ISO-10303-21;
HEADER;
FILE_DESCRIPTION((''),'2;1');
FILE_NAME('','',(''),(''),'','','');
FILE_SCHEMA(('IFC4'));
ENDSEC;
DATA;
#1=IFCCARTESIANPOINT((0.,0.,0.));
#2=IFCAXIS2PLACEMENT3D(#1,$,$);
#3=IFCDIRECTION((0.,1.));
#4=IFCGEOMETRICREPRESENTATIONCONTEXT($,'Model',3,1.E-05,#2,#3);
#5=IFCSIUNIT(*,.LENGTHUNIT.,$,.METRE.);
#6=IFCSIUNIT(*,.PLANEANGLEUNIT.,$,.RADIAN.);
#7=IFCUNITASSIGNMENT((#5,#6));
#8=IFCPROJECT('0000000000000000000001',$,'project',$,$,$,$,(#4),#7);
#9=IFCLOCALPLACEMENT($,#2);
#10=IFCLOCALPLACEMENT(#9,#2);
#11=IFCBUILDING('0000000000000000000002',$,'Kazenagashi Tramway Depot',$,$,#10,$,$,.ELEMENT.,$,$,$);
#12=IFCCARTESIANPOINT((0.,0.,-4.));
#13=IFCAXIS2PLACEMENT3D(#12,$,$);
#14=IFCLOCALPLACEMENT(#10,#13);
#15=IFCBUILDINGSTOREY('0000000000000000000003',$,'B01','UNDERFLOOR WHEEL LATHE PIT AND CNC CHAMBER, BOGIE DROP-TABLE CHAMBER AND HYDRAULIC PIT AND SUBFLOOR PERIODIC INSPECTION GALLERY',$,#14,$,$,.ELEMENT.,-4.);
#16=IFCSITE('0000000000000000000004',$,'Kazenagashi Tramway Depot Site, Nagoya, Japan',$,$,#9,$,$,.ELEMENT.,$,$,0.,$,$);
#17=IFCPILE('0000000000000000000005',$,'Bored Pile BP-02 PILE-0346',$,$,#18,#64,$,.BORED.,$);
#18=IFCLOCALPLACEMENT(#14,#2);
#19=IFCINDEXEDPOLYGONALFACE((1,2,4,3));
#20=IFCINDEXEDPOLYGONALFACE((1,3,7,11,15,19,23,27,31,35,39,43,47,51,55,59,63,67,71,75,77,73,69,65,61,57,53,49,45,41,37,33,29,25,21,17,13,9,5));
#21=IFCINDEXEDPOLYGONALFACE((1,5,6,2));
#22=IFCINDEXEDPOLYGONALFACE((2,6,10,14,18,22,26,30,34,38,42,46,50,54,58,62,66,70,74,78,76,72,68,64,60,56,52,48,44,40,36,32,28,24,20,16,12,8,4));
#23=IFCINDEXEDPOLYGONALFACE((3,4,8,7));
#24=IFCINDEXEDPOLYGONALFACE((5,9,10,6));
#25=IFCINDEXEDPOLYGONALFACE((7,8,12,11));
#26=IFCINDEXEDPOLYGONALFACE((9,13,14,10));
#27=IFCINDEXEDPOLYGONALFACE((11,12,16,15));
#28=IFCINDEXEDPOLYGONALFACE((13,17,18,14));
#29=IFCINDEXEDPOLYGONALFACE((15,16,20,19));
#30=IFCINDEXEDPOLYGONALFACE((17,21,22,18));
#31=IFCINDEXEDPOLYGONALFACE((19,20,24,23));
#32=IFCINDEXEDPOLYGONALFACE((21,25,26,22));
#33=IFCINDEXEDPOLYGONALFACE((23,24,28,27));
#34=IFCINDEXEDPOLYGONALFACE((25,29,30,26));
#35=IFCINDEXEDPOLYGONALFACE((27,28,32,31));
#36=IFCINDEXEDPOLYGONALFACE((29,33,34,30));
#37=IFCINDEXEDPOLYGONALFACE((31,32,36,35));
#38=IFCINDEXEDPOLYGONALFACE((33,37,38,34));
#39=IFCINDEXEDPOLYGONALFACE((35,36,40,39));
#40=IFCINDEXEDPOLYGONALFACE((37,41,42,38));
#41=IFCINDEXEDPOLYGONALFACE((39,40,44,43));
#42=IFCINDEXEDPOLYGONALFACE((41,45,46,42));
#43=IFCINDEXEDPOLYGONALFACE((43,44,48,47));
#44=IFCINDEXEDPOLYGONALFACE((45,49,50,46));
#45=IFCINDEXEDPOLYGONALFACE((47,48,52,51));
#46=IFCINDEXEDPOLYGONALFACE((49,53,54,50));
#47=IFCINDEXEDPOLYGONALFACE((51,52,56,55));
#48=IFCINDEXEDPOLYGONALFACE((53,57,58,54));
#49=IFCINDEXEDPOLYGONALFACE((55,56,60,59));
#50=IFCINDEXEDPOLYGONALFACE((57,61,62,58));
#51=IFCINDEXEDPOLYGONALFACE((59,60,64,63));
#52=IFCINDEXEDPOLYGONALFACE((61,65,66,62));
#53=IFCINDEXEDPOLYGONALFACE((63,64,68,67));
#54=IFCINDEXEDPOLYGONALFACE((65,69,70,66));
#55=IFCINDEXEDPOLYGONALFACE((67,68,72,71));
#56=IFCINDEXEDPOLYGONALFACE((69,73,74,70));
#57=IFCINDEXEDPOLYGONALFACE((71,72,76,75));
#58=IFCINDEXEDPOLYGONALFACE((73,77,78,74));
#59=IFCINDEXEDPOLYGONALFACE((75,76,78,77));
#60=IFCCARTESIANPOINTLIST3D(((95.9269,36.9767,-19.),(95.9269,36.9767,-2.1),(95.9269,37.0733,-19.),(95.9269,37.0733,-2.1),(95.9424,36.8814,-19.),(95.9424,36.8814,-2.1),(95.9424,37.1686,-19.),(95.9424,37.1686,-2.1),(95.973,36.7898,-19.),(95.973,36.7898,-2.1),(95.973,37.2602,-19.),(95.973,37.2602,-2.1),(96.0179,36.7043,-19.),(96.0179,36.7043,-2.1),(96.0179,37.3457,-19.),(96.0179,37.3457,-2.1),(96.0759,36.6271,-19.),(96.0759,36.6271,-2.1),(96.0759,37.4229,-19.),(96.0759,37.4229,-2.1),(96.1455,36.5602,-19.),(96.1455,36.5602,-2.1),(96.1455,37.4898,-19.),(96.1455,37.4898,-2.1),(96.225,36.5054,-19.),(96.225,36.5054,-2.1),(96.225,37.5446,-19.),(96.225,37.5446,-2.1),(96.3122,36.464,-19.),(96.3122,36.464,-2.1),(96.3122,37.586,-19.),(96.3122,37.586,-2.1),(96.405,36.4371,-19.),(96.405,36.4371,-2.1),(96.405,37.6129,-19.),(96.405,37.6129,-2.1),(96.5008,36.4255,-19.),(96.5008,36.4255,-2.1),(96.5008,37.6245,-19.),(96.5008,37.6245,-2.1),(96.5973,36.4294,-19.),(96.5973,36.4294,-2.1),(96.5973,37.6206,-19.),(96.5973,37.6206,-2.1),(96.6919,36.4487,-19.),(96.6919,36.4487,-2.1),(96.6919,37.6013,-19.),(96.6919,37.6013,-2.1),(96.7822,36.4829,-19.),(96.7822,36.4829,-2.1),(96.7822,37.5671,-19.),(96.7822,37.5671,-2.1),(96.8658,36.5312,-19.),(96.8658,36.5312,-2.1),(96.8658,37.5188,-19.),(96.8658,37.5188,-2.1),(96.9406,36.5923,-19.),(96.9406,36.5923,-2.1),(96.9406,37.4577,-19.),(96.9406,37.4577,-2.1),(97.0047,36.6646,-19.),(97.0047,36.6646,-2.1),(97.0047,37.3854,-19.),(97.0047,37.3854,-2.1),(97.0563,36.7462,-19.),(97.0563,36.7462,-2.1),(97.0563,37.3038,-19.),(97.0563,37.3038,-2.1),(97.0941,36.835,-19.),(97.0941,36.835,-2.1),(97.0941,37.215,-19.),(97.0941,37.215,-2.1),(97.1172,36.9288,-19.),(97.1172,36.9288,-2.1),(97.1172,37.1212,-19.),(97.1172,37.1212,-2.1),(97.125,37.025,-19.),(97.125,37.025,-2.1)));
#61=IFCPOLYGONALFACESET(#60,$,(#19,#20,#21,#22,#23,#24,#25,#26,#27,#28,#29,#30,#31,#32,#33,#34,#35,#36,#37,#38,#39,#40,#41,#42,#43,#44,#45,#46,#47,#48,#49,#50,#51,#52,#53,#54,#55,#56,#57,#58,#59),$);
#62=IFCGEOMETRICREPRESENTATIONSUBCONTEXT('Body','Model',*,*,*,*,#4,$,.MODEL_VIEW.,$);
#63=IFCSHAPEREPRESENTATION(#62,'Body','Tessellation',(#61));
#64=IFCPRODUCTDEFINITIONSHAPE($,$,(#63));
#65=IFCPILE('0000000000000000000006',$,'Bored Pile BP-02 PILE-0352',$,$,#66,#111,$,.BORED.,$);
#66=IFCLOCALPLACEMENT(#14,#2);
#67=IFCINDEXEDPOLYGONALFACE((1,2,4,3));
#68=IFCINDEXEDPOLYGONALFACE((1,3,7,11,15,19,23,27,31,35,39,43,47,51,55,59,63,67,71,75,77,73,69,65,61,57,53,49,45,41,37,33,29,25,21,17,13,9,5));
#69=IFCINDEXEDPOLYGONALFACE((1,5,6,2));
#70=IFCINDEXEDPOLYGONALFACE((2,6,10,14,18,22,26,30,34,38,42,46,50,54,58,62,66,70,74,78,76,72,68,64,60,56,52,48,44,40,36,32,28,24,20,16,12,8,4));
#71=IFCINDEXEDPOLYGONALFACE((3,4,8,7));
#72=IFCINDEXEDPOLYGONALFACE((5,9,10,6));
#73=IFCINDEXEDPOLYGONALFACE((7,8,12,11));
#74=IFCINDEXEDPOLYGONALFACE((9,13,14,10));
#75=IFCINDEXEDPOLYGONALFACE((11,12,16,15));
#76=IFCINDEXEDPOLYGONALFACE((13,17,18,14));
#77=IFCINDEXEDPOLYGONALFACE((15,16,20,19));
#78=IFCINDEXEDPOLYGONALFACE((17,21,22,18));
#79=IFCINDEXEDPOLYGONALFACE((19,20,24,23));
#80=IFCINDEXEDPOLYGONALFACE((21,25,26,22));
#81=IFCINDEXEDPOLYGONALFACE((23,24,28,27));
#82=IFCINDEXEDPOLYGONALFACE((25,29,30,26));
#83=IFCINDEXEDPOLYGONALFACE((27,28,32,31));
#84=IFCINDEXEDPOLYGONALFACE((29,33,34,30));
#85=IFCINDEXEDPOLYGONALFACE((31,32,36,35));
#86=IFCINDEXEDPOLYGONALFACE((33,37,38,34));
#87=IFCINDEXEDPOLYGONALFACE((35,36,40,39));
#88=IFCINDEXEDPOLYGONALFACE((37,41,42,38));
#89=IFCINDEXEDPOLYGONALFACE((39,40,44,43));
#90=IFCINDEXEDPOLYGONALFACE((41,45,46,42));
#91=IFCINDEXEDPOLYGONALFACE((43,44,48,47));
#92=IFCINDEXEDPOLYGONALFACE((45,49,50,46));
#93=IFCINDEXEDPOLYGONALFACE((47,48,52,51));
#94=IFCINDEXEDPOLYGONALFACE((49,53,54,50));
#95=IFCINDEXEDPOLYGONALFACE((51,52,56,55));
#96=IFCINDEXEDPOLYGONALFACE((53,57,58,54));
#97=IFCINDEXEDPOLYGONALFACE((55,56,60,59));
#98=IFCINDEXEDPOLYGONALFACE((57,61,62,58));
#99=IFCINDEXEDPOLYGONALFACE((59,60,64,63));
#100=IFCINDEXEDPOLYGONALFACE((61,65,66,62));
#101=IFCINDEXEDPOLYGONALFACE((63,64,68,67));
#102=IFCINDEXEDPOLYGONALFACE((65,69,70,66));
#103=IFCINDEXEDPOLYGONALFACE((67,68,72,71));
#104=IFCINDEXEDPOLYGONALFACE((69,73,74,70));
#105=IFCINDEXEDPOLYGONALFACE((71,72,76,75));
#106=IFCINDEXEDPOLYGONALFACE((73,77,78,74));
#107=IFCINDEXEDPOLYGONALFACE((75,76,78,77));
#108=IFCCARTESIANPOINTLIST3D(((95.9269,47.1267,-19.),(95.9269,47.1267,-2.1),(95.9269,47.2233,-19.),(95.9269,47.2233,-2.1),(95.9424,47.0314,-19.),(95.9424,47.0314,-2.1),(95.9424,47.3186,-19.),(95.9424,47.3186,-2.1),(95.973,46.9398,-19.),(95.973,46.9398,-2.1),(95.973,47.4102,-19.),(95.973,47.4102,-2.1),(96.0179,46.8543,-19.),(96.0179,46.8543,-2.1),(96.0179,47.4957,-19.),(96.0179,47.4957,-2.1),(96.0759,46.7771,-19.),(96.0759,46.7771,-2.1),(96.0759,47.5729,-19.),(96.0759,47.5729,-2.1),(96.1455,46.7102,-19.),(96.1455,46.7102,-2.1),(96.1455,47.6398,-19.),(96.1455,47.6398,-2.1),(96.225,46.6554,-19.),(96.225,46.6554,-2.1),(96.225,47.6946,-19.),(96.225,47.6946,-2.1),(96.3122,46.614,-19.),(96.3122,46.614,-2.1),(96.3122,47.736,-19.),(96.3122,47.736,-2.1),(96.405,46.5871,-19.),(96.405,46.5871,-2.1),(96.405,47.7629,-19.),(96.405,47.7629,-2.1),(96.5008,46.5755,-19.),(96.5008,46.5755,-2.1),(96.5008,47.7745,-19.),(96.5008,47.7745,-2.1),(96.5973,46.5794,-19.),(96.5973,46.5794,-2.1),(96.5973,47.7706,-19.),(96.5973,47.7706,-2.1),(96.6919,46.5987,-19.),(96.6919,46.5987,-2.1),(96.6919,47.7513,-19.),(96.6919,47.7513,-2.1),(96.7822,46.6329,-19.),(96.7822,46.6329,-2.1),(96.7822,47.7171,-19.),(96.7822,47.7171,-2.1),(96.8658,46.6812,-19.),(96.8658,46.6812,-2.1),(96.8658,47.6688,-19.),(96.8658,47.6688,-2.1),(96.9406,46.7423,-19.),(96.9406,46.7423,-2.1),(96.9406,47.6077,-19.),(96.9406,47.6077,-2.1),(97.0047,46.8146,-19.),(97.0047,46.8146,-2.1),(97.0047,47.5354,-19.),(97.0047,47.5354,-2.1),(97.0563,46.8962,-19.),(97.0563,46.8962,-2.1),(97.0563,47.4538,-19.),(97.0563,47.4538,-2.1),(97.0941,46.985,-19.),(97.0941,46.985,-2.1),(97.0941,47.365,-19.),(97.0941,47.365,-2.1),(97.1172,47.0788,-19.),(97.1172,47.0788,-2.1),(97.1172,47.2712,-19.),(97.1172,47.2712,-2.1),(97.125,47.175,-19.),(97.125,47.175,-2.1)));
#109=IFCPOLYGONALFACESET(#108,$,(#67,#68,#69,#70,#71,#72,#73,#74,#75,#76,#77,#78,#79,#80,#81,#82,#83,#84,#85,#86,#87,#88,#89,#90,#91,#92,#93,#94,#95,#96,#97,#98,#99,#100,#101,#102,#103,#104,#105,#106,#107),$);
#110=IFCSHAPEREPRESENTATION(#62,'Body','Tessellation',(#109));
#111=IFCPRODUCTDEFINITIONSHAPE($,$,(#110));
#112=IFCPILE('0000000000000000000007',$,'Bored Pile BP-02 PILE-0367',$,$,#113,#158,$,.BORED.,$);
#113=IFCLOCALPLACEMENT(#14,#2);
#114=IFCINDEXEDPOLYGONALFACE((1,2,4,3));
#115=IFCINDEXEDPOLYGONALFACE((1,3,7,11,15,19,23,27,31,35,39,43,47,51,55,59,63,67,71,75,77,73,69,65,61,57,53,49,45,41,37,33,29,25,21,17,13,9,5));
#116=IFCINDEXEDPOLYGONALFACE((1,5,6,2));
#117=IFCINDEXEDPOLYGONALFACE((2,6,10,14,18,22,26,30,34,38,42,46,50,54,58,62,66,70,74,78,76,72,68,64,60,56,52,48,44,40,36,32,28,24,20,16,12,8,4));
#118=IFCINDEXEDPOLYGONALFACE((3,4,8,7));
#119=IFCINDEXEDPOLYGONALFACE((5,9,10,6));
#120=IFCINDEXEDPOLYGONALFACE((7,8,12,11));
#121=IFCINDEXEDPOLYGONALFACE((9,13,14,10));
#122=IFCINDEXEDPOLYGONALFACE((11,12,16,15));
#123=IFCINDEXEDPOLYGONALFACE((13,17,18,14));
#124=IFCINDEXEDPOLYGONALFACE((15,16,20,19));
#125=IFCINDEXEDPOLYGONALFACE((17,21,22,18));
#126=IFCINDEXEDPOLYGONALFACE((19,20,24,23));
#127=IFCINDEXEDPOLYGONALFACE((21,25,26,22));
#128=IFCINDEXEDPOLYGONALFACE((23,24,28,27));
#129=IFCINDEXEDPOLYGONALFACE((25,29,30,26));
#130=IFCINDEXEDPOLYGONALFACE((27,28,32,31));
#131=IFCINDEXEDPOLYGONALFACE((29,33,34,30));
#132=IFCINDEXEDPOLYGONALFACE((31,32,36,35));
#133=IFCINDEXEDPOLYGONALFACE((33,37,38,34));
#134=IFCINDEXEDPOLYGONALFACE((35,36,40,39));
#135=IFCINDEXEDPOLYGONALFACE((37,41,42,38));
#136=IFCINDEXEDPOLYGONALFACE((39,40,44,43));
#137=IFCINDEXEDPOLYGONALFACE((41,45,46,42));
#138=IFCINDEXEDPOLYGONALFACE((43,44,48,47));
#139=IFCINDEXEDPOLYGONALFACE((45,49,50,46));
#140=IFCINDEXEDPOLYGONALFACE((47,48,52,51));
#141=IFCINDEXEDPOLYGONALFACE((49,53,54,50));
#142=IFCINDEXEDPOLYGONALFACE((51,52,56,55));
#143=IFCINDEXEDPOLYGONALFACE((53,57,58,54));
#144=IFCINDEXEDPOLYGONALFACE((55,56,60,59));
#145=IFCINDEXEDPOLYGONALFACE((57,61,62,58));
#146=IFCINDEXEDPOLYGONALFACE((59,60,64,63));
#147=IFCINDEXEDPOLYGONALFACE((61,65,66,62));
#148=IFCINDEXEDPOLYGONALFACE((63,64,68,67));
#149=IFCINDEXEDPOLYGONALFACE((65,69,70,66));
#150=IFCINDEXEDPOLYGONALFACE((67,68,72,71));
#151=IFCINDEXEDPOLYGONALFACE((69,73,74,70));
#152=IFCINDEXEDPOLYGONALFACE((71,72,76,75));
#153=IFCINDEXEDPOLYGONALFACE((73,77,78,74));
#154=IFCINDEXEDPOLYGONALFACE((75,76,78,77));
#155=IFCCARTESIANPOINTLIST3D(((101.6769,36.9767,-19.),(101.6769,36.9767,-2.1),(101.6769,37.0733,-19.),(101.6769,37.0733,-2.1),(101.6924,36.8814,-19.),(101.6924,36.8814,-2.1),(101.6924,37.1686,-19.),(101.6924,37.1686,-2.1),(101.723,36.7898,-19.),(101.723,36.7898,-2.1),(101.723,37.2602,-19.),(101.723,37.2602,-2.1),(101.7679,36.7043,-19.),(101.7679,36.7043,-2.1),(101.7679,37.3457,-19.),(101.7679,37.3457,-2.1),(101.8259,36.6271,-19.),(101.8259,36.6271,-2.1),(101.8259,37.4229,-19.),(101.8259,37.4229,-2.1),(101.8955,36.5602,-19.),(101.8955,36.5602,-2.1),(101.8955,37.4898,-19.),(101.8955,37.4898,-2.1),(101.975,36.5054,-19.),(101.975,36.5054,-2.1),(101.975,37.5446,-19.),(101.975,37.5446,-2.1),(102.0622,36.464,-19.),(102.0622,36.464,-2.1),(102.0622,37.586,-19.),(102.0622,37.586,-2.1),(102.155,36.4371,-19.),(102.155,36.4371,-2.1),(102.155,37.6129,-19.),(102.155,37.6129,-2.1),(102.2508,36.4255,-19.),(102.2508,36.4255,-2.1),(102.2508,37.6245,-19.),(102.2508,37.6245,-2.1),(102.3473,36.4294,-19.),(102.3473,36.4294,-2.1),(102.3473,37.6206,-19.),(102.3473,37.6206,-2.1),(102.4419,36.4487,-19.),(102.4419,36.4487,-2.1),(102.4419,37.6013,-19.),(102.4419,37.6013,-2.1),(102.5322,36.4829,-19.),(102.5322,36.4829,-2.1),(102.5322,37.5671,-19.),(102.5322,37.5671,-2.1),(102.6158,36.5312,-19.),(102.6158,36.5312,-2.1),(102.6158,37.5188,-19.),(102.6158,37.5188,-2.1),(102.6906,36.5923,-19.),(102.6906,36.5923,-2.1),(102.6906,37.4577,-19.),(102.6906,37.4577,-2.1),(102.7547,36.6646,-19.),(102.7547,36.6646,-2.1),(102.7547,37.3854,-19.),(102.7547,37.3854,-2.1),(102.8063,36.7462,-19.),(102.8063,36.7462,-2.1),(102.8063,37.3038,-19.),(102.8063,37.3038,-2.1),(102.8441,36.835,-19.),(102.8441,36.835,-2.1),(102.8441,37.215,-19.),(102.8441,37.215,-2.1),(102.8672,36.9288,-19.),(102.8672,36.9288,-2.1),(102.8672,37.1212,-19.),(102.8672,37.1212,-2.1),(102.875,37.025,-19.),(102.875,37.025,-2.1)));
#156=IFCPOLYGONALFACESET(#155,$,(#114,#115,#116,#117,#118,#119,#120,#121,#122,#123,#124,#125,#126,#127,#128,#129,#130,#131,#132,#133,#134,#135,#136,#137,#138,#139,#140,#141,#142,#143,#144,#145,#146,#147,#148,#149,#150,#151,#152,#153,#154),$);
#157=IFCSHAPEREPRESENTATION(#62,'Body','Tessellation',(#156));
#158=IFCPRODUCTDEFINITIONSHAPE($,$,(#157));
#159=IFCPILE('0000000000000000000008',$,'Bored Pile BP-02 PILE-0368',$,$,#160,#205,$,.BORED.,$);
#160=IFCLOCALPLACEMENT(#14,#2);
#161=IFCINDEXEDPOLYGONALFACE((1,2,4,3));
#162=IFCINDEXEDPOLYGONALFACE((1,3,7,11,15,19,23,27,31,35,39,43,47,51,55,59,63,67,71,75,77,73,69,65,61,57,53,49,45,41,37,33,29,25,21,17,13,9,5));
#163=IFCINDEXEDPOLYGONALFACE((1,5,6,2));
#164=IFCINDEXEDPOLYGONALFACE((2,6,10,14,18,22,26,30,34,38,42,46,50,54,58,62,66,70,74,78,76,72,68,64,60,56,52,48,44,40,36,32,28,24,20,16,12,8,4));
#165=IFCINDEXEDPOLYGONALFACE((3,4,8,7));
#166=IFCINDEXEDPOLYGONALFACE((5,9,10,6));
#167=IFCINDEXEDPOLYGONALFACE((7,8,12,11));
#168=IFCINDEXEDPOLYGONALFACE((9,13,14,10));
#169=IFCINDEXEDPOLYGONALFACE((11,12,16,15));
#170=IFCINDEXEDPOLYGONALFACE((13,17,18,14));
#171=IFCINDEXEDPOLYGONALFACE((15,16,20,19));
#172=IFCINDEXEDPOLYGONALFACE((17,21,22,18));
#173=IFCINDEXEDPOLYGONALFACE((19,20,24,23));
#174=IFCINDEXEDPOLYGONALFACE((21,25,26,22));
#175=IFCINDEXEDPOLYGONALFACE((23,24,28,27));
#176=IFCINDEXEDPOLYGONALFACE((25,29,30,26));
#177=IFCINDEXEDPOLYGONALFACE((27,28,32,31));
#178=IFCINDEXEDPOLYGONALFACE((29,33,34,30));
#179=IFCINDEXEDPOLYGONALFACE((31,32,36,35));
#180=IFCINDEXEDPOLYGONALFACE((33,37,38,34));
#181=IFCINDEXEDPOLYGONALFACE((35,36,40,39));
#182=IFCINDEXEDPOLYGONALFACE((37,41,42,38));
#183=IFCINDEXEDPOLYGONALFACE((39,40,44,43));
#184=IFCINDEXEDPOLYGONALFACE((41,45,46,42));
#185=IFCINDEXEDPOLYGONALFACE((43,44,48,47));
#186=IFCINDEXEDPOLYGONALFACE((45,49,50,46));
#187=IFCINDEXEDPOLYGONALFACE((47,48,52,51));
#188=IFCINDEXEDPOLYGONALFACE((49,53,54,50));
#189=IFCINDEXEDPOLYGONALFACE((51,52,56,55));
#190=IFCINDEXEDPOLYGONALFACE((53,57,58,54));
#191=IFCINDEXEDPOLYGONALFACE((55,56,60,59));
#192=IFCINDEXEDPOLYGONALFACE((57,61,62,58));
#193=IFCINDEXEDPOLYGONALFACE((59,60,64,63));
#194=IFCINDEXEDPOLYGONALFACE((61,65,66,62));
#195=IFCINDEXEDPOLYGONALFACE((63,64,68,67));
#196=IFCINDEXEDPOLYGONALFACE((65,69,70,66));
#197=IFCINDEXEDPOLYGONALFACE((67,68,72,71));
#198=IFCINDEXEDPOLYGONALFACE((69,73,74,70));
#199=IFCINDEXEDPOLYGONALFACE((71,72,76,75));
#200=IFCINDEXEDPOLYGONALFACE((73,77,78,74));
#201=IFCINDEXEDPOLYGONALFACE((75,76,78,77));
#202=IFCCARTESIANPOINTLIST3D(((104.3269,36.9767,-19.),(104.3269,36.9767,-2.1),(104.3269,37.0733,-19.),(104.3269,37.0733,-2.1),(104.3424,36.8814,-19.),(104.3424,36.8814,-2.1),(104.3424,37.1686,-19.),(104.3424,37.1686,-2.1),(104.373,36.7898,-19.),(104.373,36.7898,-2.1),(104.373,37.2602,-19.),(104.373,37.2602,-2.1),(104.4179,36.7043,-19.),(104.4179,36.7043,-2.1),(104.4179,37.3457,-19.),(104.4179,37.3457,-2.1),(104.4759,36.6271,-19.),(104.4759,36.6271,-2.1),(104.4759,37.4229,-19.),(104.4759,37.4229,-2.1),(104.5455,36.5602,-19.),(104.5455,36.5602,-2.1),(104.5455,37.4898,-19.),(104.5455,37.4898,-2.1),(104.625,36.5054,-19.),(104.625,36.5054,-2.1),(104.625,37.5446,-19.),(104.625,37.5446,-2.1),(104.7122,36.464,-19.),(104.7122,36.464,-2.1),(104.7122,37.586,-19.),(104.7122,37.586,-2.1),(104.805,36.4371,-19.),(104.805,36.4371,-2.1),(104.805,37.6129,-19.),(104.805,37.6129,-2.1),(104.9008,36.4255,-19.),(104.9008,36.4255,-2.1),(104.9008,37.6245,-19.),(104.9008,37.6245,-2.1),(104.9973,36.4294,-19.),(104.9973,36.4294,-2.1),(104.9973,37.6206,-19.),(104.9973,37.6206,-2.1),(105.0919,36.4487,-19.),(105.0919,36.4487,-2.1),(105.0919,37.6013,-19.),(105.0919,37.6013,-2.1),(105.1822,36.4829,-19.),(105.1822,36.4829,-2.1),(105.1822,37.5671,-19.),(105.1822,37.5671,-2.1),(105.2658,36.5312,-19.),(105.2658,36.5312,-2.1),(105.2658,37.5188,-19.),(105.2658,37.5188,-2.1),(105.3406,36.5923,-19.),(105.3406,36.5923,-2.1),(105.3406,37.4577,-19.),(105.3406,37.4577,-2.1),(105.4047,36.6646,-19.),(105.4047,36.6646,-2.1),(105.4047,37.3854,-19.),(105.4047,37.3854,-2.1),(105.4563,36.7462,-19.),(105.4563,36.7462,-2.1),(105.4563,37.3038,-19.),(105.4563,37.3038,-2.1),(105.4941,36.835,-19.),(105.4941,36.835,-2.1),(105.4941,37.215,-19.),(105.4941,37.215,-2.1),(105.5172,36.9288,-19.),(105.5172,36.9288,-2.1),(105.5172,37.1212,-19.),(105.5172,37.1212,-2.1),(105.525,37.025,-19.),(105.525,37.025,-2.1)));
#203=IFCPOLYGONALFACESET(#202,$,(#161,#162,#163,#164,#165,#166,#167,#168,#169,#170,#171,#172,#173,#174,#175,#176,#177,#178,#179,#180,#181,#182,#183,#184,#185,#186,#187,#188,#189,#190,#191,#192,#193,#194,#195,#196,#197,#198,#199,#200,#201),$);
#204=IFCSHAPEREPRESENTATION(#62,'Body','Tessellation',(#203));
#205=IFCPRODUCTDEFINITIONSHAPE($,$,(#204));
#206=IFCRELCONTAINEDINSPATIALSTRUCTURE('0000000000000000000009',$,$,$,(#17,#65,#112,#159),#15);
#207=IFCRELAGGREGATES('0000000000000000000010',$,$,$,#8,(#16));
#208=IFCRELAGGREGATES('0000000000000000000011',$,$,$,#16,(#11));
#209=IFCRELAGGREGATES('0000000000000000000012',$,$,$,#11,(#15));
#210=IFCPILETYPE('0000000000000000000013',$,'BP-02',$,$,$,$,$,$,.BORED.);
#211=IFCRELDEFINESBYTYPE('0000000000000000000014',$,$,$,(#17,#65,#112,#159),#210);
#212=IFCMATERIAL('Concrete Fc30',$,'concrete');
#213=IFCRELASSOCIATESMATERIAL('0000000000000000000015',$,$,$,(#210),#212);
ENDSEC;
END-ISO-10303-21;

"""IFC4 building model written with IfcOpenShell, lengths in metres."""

from ifc_helpers import new_model, si_unit, direction, frame, origin, origin_2d, place, context, subcontext, project, spatial, circle, extrude, material, material_profile, profile_set, type_object, element, save


model = new_model("IFC4")

# Units and contexts
model_context = context("Model", 3, precision=1e-05, world=origin(), true_north=direction((0.0, 1.0)))
body_context = subcontext(model_context, "Body", "Model", "MODEL_VIEW")
ifc_project = project(units=[si_unit("LENGTHUNIT", "METRE"), si_unit("PLANEANGLEUNIT", "RADIAN")], contexts=[model_context])

# Site, building, storey
site_placement = place(None, origin())
site = spatial("IfcSite", under=ifc_project, at=site_placement, Name="Kazenagashi Tramway Depot Site, Nagoya, Japan", CompositionType="ELEMENT", RefElevation=0.0)
building_placement = place(site_placement, origin())
building = spatial("IfcBuilding", under=site, at=building_placement, Name="Kazenagashi Tramway Depot", CompositionType="ELEMENT")
storey_placement = place(building_placement, frame((0.0, 0.0, -4.0)))
storey = spatial("IfcBuildingStorey", under=building, at=storey_placement, Name="B01", Description="UNDERFLOOR WHEEL LATHE PIT AND CNC CHAMBER, BOGIE DROP-TABLE CHAMBER AND HYDRAULIC PIT AND SUBFLOOR PERIODIC INSPECTION GALLERY", CompositionType="ELEMENT", Elevation=-4.0)

# Piles
ifc_material_1 = material(Name="Concrete Fc30", Category="concrete")
ifc_material_profile_1 = material_profile(ifc_material_1, circle(Radius=0.6, at=origin_2d()), Name="PILE-1200")
ifc_profile_set_1 = profile_set([ifc_material_profile_1], Name="Concrete Fc30")
pile_type = type_object("IfcPileType", Name="BP-02", PredefinedType="BORED", material=ifc_profile_set_1)
for number, where, z_axis, x_axis, name in (
    (1, (96.525, 37.025, -2.1), (0.0, 0.0, -1.0), (1.0, 0.0, 0.0), "Bored Pile BP-02 PILE-0346"),
    (2, (96.525, 47.175, -2.1), (0.0, 0.0, -1.0), (1.0, 0.0, 0.0), "Bored Pile BP-02 PILE-0352"),
    (3, (102.275, 37.025, -2.1), (0.0, 0.0, -1.0), (1.0, 0.0, 0.0), "Bored Pile BP-02 PILE-0367"),
    (4, (104.925, 37.025, -2.1), (0.0, 0.0, -1.0), (1.0, 0.0, 0.0), "Bored Pile BP-02 PILE-0368"),
):
    element("IfcPile", number, at=place(storey_placement, frame(where, z_axis=z_axis, x_axis=x_axis)), inside=storey, type_object=pile_type, Name=name, PredefinedType="BORED", context=body_context, shape_type="SweptSolid", body=[
        extrude(circle(Radius=0.6, at=origin_2d()), origin(), (0.0, 0.0, 1.0), 16.9),
    ])

save(model, "model.ifc")
